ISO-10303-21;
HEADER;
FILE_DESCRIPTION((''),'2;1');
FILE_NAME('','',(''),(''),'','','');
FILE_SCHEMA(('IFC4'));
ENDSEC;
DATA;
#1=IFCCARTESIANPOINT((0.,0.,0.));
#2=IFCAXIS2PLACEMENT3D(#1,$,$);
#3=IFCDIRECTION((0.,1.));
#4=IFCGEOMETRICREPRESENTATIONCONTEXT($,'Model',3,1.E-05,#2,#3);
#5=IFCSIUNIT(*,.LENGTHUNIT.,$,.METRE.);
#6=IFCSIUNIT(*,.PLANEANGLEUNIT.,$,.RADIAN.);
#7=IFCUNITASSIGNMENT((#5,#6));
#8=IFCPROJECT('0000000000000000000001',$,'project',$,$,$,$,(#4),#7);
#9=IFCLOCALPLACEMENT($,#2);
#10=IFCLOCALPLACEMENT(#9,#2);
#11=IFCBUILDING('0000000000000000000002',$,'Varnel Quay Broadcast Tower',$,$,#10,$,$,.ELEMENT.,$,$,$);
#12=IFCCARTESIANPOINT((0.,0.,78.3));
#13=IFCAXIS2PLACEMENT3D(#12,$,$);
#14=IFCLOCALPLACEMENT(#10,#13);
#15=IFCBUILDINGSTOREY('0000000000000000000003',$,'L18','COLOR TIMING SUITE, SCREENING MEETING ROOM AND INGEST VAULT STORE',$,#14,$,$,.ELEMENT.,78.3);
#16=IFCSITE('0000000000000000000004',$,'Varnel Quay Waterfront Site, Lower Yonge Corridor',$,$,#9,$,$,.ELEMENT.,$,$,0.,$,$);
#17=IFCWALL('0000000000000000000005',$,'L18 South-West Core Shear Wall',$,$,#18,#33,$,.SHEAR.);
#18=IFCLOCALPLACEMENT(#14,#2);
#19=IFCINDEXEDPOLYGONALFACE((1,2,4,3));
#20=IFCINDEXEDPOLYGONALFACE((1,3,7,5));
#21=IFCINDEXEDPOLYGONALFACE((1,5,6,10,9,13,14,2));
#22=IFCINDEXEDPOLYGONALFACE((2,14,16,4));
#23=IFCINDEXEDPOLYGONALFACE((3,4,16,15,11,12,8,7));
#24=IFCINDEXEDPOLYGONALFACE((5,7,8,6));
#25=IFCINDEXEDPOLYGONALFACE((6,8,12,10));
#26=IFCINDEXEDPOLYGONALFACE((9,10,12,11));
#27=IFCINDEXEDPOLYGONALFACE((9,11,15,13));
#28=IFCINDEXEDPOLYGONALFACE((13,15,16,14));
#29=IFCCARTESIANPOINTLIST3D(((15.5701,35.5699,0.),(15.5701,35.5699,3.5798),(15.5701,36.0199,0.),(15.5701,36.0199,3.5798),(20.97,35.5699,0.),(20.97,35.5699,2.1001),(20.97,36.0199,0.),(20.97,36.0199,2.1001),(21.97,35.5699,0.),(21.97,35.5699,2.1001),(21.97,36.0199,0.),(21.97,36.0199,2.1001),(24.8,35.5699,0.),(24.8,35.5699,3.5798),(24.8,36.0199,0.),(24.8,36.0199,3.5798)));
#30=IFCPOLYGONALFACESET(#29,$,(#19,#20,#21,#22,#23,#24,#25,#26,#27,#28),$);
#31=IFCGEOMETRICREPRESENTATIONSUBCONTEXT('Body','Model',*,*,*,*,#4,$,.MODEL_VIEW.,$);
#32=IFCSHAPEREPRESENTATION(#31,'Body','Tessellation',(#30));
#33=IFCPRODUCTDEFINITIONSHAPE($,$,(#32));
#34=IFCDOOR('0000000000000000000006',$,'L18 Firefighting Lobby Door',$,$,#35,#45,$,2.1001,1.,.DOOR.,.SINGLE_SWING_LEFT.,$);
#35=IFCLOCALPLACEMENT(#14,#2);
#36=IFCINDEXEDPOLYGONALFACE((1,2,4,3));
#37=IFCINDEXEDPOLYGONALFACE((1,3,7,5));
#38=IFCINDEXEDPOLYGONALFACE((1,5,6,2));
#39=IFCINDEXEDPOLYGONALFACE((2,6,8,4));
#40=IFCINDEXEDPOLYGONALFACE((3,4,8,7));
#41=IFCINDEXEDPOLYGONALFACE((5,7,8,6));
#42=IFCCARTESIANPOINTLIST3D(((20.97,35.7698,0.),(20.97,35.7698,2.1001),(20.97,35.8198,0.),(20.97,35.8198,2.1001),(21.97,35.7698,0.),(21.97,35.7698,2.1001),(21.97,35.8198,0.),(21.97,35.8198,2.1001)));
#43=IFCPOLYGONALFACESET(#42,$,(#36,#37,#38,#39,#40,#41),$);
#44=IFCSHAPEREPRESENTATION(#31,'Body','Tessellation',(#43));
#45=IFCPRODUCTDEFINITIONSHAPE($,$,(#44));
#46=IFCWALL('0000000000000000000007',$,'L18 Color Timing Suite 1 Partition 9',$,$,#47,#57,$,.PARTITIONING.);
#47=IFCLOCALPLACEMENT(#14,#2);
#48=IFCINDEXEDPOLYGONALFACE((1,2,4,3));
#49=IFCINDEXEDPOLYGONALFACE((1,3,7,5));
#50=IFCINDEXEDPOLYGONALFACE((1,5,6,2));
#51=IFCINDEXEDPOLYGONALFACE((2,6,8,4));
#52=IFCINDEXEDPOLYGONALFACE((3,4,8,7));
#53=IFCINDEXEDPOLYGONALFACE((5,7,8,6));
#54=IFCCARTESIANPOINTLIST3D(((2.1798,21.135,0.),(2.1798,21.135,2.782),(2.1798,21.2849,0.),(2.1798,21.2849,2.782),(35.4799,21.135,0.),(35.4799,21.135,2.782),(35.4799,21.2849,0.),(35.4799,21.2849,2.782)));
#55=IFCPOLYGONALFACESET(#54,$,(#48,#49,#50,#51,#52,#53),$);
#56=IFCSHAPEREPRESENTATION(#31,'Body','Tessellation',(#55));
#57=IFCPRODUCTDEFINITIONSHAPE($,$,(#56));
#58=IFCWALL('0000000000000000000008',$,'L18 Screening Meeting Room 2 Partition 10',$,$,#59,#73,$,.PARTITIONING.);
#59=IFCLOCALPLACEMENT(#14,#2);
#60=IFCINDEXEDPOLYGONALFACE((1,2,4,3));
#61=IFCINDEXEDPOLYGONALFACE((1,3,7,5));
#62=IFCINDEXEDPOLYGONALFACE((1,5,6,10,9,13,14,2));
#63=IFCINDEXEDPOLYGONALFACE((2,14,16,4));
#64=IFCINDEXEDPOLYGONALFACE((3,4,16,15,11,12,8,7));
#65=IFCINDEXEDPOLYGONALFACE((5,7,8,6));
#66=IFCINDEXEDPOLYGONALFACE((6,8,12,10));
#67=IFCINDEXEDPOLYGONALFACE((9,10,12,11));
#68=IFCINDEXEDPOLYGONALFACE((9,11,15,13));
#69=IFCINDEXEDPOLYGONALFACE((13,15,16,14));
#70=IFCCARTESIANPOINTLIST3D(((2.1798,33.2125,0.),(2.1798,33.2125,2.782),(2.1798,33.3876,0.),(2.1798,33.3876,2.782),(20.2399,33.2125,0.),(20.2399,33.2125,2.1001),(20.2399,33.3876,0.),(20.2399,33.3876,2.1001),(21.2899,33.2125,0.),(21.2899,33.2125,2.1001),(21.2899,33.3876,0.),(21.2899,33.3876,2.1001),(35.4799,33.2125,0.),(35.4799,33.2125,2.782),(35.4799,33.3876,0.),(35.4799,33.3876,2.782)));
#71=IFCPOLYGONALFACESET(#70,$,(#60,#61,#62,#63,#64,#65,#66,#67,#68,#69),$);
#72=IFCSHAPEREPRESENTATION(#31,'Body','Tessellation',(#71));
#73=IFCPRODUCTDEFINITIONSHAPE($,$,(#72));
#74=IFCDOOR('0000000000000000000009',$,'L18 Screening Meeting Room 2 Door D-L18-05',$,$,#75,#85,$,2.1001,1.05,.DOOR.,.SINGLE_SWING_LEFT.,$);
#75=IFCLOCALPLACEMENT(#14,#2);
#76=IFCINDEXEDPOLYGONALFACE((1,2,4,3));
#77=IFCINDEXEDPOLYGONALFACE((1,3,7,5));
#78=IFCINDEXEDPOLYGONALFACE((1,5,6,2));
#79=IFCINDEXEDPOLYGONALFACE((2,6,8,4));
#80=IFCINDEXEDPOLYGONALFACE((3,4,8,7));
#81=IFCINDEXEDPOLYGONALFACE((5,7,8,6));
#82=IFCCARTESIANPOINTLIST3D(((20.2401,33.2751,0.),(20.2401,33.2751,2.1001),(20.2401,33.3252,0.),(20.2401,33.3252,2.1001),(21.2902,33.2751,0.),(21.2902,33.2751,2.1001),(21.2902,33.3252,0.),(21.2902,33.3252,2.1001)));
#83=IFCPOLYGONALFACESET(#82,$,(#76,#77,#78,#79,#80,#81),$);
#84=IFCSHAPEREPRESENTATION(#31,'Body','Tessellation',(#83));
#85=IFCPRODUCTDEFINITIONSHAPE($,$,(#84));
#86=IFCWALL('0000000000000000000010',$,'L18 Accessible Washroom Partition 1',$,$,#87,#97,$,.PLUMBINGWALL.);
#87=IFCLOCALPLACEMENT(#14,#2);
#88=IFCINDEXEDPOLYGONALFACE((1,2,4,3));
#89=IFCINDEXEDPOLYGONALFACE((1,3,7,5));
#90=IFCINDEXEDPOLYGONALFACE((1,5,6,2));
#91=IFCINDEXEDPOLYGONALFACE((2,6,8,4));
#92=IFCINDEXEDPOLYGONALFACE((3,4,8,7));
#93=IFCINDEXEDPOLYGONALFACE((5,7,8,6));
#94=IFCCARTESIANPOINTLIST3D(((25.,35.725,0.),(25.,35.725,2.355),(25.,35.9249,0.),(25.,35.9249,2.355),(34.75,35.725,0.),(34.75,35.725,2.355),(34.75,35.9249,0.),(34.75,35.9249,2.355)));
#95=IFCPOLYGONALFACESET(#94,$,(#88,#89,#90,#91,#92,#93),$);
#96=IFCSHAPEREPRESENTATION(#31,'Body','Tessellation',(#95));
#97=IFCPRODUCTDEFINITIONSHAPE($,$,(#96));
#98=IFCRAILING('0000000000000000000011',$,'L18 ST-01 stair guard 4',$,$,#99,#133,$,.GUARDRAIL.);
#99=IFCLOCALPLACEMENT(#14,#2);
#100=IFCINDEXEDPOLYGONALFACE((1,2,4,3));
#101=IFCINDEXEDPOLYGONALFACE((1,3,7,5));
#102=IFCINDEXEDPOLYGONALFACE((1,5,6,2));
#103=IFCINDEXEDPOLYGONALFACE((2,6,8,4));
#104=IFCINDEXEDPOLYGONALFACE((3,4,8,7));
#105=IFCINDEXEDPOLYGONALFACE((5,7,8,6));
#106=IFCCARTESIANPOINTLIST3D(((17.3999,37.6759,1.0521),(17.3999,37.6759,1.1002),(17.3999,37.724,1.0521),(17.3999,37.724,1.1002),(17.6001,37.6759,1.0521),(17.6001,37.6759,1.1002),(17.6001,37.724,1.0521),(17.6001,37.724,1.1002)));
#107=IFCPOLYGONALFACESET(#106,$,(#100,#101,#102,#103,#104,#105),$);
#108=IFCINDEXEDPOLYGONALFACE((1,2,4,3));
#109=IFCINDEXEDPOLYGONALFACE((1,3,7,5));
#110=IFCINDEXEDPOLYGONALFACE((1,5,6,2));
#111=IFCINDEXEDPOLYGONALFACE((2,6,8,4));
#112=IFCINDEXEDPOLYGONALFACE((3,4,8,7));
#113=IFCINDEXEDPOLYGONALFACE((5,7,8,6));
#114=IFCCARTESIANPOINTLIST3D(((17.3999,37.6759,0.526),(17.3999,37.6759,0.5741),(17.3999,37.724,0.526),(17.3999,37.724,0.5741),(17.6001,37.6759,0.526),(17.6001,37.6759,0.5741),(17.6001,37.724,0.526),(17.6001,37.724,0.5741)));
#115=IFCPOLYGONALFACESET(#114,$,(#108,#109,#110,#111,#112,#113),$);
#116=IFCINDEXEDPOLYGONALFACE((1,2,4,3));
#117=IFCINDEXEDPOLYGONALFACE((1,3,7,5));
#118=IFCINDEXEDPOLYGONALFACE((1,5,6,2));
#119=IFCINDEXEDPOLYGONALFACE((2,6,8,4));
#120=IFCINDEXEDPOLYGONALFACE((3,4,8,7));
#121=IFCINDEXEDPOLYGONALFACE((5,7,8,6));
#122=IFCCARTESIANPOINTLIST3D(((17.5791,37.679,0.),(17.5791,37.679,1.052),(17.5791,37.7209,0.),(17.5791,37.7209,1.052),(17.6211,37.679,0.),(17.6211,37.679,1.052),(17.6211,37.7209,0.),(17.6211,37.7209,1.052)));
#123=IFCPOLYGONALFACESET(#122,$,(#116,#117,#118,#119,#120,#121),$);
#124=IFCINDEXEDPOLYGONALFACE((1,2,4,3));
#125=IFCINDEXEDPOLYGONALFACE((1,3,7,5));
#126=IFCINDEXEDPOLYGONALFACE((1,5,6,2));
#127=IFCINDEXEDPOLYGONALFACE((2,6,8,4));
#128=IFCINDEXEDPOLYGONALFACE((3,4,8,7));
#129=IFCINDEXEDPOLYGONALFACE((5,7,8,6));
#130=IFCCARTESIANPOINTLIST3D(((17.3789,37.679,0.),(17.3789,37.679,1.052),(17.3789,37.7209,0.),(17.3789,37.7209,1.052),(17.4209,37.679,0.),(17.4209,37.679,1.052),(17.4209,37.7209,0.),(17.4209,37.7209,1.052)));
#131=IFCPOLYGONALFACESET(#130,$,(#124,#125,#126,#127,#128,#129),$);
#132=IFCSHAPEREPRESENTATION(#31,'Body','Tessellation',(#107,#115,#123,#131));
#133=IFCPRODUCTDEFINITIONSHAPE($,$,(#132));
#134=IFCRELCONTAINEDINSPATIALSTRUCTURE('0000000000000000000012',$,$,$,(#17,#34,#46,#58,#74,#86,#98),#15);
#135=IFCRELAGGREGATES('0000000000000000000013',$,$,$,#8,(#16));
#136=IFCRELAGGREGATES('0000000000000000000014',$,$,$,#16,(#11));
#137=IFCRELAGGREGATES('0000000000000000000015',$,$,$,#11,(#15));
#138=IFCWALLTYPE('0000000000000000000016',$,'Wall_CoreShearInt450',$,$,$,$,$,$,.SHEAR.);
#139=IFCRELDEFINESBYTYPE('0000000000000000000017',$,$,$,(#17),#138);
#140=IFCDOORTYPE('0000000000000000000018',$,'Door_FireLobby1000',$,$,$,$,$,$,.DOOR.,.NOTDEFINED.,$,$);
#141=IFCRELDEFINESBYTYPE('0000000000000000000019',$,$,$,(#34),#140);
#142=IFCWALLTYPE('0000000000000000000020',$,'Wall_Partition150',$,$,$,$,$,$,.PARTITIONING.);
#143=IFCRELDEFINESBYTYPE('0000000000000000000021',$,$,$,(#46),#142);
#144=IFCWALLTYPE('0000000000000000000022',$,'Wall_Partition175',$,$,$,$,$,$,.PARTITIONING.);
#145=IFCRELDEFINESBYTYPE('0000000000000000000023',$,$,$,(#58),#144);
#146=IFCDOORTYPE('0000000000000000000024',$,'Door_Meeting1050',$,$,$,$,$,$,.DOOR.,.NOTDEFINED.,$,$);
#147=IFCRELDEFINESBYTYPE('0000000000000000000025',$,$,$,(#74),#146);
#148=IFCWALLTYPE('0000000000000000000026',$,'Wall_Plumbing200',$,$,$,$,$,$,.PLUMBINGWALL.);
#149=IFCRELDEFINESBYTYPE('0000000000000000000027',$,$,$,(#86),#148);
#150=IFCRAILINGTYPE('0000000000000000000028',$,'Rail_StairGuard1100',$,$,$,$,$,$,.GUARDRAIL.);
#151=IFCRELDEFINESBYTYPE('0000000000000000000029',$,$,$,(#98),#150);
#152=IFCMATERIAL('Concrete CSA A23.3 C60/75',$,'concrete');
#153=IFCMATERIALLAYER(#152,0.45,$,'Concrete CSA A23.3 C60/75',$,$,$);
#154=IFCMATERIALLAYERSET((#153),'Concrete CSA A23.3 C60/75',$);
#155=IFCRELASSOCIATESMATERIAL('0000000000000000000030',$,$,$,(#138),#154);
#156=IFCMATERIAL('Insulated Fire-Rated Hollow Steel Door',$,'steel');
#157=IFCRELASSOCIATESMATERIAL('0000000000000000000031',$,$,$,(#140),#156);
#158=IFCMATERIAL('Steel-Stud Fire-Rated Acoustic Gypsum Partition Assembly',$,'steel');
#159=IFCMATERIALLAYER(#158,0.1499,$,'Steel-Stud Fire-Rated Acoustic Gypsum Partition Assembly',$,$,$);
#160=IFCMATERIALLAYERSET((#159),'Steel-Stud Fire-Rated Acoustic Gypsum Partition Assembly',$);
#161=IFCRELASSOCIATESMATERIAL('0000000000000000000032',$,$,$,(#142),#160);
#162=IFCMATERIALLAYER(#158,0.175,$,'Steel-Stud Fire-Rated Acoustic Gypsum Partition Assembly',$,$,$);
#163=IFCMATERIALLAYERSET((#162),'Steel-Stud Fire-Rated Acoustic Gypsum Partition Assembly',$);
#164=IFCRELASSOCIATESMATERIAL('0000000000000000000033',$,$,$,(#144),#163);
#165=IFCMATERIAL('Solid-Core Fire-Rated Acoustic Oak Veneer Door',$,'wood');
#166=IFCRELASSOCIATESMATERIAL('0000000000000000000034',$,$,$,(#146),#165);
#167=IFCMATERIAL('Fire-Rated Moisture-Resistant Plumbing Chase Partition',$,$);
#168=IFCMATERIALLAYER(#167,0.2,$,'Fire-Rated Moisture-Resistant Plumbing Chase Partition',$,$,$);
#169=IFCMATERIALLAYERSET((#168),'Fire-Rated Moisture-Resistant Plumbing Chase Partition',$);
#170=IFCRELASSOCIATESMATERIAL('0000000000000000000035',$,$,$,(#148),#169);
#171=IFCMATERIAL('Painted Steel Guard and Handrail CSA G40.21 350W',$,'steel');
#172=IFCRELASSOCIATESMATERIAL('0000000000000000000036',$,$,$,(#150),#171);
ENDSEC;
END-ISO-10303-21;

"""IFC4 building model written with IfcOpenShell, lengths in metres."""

from ifc_helpers import new_model, si_unit, direction, frame, frame_2d, origin, origin_2d, place, context, subcontext, project, spatial, rectangle, extrude, source, transform, mapped, material, layer, layer_set, type_object, type_shapes, element, fill, save


model = new_model("IFC4")

# Units and contexts
model_context = context("Model", 3, precision=1e-05, world=origin(), true_north=direction((0.0, 1.0)))
body_context = subcontext(model_context, "Body", "Model", "MODEL_VIEW")
ifc_project = project(units=[si_unit("LENGTHUNIT", "METRE"), si_unit("PLANEANGLEUNIT", "RADIAN")], contexts=[model_context])

# Site, building, storey
site_placement = place(None, origin())
site = spatial("IfcSite", under=ifc_project, at=site_placement, Name="Varnel Quay Waterfront Site, Lower Yonge Corridor", CompositionType="ELEMENT", RefElevation=0.0)
building_placement = place(site_placement, origin())
building = spatial("IfcBuilding", under=site, at=building_placement, Name="Varnel Quay Broadcast Tower", CompositionType="ELEMENT")
storey_placement = place(building_placement, frame((0.0, 0.0, 78.3)))
storey = spatial("IfcBuildingStorey", under=building, at=storey_placement, Name="L18", Description="COLOR TIMING SUITE, SCREENING MEETING ROOM AND INGEST VAULT STORE", CompositionType="ELEMENT", Elevation=78.3)

# Shared definitions
ifc_material_1 = material(Name="Concrete CSA A23.3 C60/75", Category="concrete")

# Shared definitions
ifc_material_2 = material(Name="Insulated Fire-Rated Hollow Steel Door", Category="steel")

# Shared definitions
ifc_layer_1 = layer(ifc_material_1, 0.45, Name="Concrete CSA A23.3 C60/75")
ifc_layer_set_1 = layer_set([ifc_layer_1], Name="Concrete CSA A23.3 C60/75")
wall_type_1 = type_object("IfcWallType", Name="Wall_CoreShearInt450", PredefinedType="SHEAR", material=ifc_layer_set_1)

# Wall, opening, door
wall_1_placement = place(storey_placement, frame((15.5701, 35.7949, 0.0), z_axis=(0.0, 0.0, 1.0), x_axis=(1.0, 0.0, 0.0)))
wall_1 = element("IfcWall", 1, at=wall_1_placement, inside=storey, type_object=wall_type_1, Name="L18 South-West Core Shear Wall", PredefinedType="SHEAR", context=body_context, shape_type="SweptSolid", body=[
    extrude(rectangle(XDim=9.23, YDim=0.45, at=frame_2d((4.615, 0.0))), origin(), (0.0, 0.0, 1.0), 3.5798),
])
opening_1_placement = place(wall_1_placement, frame((5.3999, 0.0, 0.0)))
opening_1 = element("IfcOpeningElement", 2, at=opening_1_placement, cuts=wall_1, PredefinedType="OPENING", context=body_context, shape_type="SweptSolid", body=[
    extrude(rectangle(XDim=1.0, YDim=2.1001, at=frame_2d((0.5, 1.05))), frame((0.0, 0.2349, 0.0), z_axis=(0.0, -1.0, 0.0), x_axis=(1.0, 0.0, 0.0)), (0.0, 0.0, 1.0), 0.47),
])
door_type_1 = type_object("IfcDoorType", Name="Door_FireLobby1000", OperationType="NOTDEFINED", PredefinedType="DOOR", material=ifc_material_2)
shared_shape_1 = source(origin(), body_context, "Body", "SweptSolid", [
    extrude(rectangle(XDim=1.0, YDim=2.1001, at=frame_2d((0.5, 1.05))), frame((0.0, 0.0249, 0.0), z_axis=(0.0, -1.0, 0.0), x_axis=(1.0, 0.0, 0.0)), (0.0, 0.0, 1.0), 0.05),
])
type_shapes(door_type_1, [shared_shape_1])
door_1_placement = place(opening_1_placement, origin())
door_1 = element("IfcDoor", 3, at=door_1_placement, inside=storey, type_object=door_type_1, Name="L18 Firefighting Lobby Door", OperationType="SINGLE_SWING_LEFT", OverallHeight=2.1001, OverallWidth=1.0, PredefinedType="DOOR", context=body_context, shape_type="MappedRepresentation", body=[
    mapped(shared_shape_1, transform((0.0, 0.0, 0.0), x_axis=(1.0, 0.0, 0.0), y_axis=(0.0, 1.0, 0.0), z_axis=(0.0, 0.0, 1.0), scale=1.0)),
])
fill(opening_1, door_1)

# Wall
ifc_material_3 = material(Name="Steel-Stud Fire-Rated Acoustic Gypsum Partition Assembly", Category="steel")
ifc_layer_2 = layer(ifc_material_3, 0.1499, Name="Steel-Stud Fire-Rated Acoustic Gypsum Partition Assembly")
ifc_layer_set_2 = layer_set([ifc_layer_2], Name="Steel-Stud Fire-Rated Acoustic Gypsum Partition Assembly")
wall_type_2 = type_object("IfcWallType", Name="Wall_Partition150", PredefinedType="PARTITIONING", material=ifc_layer_set_2)
wall_2_placement = place(storey_placement, frame((2.1799, 21.21, 0.0), z_axis=(0.0, 0.0, 1.0), x_axis=(1.0, 0.0, 0.0)))
element("IfcWall", 4, at=wall_2_placement, inside=storey, type_object=wall_type_2, Name="L18 Color Timing Suite 1 Partition 9", PredefinedType="PARTITIONING", context=body_context, shape_type="SweptSolid", body=[
    extrude(rectangle(XDim=33.3, YDim=0.1499, at=frame_2d((16.6499, 0.0))), origin(), (0.0, 0.0, 1.0), 2.782),
])

# Wall, opening, door
ifc_layer_3 = layer(ifc_material_3, 0.175, Name="Steel-Stud Fire-Rated Acoustic Gypsum Partition Assembly")
ifc_layer_set_3 = layer_set([ifc_layer_3], Name="Steel-Stud Fire-Rated Acoustic Gypsum Partition Assembly")
wall_type_3 = type_object("IfcWallType", Name="Wall_Partition175", PredefinedType="PARTITIONING", material=ifc_layer_set_3)
wall_3_placement = place(storey_placement, frame((2.1799, 33.3, 0.0), z_axis=(0.0, 0.0, 1.0), x_axis=(1.0, 0.0, 0.0)))
wall_3 = element("IfcWall", 5, at=wall_3_placement, inside=storey, type_object=wall_type_3, Name="L18 Screening Meeting Room 2 Partition 10", PredefinedType="PARTITIONING", context=body_context, shape_type="SweptSolid", body=[
    extrude(rectangle(XDim=33.3, YDim=0.175, at=frame_2d((16.6499, 0.0))), origin(), (0.0, 0.0, 1.0), 2.782),
])
opening_2_placement = place(wall_3_placement, frame((18.0601, 0.0, 0.0)))
opening_2 = element("IfcOpeningElement", 6, at=opening_2_placement, cuts=wall_3, PredefinedType="OPENING", context=body_context, shape_type="SweptSolid", body=[
    extrude(rectangle(XDim=1.05, YDim=2.1001, at=frame_2d((0.5249, 1.05))), frame((0.0, 0.0977, 0.0), z_axis=(0.0, -1.0, 0.0), x_axis=(1.0, 0.0, 0.0)), (0.0, 0.0, 1.0), 0.1951),
])
ifc_material_4 = material(Name="Solid-Core Fire-Rated Acoustic Oak Veneer Door", Category="wood")
door_type_2 = type_object("IfcDoorType", Name="Door_Meeting1050", OperationType="NOTDEFINED", PredefinedType="DOOR", material=ifc_material_4)
shared_shape_2 = source(origin(), body_context, "Body", "SweptSolid", [
    extrude(rectangle(XDim=1.05, YDim=2.1001, at=frame_2d((0.5249, 1.05))), frame((0.0, 0.0249, 0.0), z_axis=(0.0, -1.0, 0.0), x_axis=(1.0, 0.0, 0.0)), (0.0, 0.0, 1.0), 0.05),
])
type_shapes(door_type_2, [shared_shape_2])
door_2_placement = place(opening_2_placement, frame((1.05, 0.0, 0.0), z_axis=(0.0, 0.0, 1.0), x_axis=(-1.0, 0.0, 0.0)))
door_2 = element("IfcDoor", 7, at=door_2_placement, inside=storey, type_object=door_type_2, Name="L18 Screening Meeting Room 2 Door D-L18-05", OperationType="SINGLE_SWING_LEFT", OverallHeight=2.1001, OverallWidth=1.05, PredefinedType="DOOR", context=body_context, shape_type="MappedRepresentation", body=[
    mapped(shared_shape_2, transform((0.0, 0.0, 0.0), x_axis=(1.0, 0.0, 0.0), y_axis=(0.0, 1.0, 0.0), z_axis=(0.0, 0.0, 1.0), scale=1.0)),
])
fill(opening_2, door_2)

# Wall
ifc_material_5 = material(Name="Fire-Rated Moisture-Resistant Plumbing Chase Partition")
ifc_layer_4 = layer(ifc_material_5, 0.2, Name="Fire-Rated Moisture-Resistant Plumbing Chase Partition")
ifc_layer_set_4 = layer_set([ifc_layer_4], Name="Fire-Rated Moisture-Resistant Plumbing Chase Partition")
wall_type_4 = type_object("IfcWallType", Name="Wall_Plumbing200", PredefinedType="PLUMBINGWALL", material=ifc_layer_set_4)
wall_4_placement = place(storey_placement, frame((25.0, 35.825, 0.0), z_axis=(0.0, 0.0, 1.0), x_axis=(1.0, 0.0, 0.0)))
element("IfcWall", 8, at=wall_4_placement, inside=storey, type_object=wall_type_4, Name="L18 Accessible Washroom Partition 1", PredefinedType="PLUMBINGWALL", context=body_context, shape_type="SweptSolid", body=[
    extrude(rectangle(XDim=9.75, YDim=0.2, at=frame_2d((4.875, 0.0))), origin(), (0.0, 0.0, 1.0), 2.355),
])

# Railing
ifc_material_6 = material(Name="Painted Steel Guard and Handrail CSA G40.21 350W", Category="steel")
railing_type = type_object("IfcRailingType", Name="Rail_StairGuard1100", PredefinedType="GUARDRAIL", material=ifc_material_6)
railing_placement = place(storey_placement, frame((17.6001, 37.7, 0.0)))
element("IfcRailing", 9, at=railing_placement, inside=storey, type_object=railing_type, Name="L18 ST-01 stair guard 4", PredefinedType="GUARDRAIL", context=body_context, shape_type="SweptSolid", body=[
    extrude(rectangle(XDim=0.0481, YDim=0.0481, at=origin_2d()), frame((0.0, 0.0, 1.0762), z_axis=(-1.0, 0.0, 0.0), x_axis=(0.0, -1.0, 0.0)), (0.0, 0.0, 1.0), 0.2002),
    extrude(rectangle(XDim=0.0481, YDim=0.0481, at=origin_2d()), frame((0.0, 0.0, 0.55), z_axis=(-1.0, 0.0, 0.0), x_axis=(0.0, -1.0, 0.0)), (0.0, 0.0, 1.0), 0.2002),
    extrude(rectangle(XDim=0.042, YDim=0.042, at=origin_2d()), origin(), (0.0, 0.0, 1.0), 1.052),
    extrude(rectangle(XDim=0.042, YDim=0.042, at=origin_2d()), frame((-0.2002, 0.0, 0.0)), (0.0, 0.0, 1.0), 1.052),
])

save(model, "model.ifc")
